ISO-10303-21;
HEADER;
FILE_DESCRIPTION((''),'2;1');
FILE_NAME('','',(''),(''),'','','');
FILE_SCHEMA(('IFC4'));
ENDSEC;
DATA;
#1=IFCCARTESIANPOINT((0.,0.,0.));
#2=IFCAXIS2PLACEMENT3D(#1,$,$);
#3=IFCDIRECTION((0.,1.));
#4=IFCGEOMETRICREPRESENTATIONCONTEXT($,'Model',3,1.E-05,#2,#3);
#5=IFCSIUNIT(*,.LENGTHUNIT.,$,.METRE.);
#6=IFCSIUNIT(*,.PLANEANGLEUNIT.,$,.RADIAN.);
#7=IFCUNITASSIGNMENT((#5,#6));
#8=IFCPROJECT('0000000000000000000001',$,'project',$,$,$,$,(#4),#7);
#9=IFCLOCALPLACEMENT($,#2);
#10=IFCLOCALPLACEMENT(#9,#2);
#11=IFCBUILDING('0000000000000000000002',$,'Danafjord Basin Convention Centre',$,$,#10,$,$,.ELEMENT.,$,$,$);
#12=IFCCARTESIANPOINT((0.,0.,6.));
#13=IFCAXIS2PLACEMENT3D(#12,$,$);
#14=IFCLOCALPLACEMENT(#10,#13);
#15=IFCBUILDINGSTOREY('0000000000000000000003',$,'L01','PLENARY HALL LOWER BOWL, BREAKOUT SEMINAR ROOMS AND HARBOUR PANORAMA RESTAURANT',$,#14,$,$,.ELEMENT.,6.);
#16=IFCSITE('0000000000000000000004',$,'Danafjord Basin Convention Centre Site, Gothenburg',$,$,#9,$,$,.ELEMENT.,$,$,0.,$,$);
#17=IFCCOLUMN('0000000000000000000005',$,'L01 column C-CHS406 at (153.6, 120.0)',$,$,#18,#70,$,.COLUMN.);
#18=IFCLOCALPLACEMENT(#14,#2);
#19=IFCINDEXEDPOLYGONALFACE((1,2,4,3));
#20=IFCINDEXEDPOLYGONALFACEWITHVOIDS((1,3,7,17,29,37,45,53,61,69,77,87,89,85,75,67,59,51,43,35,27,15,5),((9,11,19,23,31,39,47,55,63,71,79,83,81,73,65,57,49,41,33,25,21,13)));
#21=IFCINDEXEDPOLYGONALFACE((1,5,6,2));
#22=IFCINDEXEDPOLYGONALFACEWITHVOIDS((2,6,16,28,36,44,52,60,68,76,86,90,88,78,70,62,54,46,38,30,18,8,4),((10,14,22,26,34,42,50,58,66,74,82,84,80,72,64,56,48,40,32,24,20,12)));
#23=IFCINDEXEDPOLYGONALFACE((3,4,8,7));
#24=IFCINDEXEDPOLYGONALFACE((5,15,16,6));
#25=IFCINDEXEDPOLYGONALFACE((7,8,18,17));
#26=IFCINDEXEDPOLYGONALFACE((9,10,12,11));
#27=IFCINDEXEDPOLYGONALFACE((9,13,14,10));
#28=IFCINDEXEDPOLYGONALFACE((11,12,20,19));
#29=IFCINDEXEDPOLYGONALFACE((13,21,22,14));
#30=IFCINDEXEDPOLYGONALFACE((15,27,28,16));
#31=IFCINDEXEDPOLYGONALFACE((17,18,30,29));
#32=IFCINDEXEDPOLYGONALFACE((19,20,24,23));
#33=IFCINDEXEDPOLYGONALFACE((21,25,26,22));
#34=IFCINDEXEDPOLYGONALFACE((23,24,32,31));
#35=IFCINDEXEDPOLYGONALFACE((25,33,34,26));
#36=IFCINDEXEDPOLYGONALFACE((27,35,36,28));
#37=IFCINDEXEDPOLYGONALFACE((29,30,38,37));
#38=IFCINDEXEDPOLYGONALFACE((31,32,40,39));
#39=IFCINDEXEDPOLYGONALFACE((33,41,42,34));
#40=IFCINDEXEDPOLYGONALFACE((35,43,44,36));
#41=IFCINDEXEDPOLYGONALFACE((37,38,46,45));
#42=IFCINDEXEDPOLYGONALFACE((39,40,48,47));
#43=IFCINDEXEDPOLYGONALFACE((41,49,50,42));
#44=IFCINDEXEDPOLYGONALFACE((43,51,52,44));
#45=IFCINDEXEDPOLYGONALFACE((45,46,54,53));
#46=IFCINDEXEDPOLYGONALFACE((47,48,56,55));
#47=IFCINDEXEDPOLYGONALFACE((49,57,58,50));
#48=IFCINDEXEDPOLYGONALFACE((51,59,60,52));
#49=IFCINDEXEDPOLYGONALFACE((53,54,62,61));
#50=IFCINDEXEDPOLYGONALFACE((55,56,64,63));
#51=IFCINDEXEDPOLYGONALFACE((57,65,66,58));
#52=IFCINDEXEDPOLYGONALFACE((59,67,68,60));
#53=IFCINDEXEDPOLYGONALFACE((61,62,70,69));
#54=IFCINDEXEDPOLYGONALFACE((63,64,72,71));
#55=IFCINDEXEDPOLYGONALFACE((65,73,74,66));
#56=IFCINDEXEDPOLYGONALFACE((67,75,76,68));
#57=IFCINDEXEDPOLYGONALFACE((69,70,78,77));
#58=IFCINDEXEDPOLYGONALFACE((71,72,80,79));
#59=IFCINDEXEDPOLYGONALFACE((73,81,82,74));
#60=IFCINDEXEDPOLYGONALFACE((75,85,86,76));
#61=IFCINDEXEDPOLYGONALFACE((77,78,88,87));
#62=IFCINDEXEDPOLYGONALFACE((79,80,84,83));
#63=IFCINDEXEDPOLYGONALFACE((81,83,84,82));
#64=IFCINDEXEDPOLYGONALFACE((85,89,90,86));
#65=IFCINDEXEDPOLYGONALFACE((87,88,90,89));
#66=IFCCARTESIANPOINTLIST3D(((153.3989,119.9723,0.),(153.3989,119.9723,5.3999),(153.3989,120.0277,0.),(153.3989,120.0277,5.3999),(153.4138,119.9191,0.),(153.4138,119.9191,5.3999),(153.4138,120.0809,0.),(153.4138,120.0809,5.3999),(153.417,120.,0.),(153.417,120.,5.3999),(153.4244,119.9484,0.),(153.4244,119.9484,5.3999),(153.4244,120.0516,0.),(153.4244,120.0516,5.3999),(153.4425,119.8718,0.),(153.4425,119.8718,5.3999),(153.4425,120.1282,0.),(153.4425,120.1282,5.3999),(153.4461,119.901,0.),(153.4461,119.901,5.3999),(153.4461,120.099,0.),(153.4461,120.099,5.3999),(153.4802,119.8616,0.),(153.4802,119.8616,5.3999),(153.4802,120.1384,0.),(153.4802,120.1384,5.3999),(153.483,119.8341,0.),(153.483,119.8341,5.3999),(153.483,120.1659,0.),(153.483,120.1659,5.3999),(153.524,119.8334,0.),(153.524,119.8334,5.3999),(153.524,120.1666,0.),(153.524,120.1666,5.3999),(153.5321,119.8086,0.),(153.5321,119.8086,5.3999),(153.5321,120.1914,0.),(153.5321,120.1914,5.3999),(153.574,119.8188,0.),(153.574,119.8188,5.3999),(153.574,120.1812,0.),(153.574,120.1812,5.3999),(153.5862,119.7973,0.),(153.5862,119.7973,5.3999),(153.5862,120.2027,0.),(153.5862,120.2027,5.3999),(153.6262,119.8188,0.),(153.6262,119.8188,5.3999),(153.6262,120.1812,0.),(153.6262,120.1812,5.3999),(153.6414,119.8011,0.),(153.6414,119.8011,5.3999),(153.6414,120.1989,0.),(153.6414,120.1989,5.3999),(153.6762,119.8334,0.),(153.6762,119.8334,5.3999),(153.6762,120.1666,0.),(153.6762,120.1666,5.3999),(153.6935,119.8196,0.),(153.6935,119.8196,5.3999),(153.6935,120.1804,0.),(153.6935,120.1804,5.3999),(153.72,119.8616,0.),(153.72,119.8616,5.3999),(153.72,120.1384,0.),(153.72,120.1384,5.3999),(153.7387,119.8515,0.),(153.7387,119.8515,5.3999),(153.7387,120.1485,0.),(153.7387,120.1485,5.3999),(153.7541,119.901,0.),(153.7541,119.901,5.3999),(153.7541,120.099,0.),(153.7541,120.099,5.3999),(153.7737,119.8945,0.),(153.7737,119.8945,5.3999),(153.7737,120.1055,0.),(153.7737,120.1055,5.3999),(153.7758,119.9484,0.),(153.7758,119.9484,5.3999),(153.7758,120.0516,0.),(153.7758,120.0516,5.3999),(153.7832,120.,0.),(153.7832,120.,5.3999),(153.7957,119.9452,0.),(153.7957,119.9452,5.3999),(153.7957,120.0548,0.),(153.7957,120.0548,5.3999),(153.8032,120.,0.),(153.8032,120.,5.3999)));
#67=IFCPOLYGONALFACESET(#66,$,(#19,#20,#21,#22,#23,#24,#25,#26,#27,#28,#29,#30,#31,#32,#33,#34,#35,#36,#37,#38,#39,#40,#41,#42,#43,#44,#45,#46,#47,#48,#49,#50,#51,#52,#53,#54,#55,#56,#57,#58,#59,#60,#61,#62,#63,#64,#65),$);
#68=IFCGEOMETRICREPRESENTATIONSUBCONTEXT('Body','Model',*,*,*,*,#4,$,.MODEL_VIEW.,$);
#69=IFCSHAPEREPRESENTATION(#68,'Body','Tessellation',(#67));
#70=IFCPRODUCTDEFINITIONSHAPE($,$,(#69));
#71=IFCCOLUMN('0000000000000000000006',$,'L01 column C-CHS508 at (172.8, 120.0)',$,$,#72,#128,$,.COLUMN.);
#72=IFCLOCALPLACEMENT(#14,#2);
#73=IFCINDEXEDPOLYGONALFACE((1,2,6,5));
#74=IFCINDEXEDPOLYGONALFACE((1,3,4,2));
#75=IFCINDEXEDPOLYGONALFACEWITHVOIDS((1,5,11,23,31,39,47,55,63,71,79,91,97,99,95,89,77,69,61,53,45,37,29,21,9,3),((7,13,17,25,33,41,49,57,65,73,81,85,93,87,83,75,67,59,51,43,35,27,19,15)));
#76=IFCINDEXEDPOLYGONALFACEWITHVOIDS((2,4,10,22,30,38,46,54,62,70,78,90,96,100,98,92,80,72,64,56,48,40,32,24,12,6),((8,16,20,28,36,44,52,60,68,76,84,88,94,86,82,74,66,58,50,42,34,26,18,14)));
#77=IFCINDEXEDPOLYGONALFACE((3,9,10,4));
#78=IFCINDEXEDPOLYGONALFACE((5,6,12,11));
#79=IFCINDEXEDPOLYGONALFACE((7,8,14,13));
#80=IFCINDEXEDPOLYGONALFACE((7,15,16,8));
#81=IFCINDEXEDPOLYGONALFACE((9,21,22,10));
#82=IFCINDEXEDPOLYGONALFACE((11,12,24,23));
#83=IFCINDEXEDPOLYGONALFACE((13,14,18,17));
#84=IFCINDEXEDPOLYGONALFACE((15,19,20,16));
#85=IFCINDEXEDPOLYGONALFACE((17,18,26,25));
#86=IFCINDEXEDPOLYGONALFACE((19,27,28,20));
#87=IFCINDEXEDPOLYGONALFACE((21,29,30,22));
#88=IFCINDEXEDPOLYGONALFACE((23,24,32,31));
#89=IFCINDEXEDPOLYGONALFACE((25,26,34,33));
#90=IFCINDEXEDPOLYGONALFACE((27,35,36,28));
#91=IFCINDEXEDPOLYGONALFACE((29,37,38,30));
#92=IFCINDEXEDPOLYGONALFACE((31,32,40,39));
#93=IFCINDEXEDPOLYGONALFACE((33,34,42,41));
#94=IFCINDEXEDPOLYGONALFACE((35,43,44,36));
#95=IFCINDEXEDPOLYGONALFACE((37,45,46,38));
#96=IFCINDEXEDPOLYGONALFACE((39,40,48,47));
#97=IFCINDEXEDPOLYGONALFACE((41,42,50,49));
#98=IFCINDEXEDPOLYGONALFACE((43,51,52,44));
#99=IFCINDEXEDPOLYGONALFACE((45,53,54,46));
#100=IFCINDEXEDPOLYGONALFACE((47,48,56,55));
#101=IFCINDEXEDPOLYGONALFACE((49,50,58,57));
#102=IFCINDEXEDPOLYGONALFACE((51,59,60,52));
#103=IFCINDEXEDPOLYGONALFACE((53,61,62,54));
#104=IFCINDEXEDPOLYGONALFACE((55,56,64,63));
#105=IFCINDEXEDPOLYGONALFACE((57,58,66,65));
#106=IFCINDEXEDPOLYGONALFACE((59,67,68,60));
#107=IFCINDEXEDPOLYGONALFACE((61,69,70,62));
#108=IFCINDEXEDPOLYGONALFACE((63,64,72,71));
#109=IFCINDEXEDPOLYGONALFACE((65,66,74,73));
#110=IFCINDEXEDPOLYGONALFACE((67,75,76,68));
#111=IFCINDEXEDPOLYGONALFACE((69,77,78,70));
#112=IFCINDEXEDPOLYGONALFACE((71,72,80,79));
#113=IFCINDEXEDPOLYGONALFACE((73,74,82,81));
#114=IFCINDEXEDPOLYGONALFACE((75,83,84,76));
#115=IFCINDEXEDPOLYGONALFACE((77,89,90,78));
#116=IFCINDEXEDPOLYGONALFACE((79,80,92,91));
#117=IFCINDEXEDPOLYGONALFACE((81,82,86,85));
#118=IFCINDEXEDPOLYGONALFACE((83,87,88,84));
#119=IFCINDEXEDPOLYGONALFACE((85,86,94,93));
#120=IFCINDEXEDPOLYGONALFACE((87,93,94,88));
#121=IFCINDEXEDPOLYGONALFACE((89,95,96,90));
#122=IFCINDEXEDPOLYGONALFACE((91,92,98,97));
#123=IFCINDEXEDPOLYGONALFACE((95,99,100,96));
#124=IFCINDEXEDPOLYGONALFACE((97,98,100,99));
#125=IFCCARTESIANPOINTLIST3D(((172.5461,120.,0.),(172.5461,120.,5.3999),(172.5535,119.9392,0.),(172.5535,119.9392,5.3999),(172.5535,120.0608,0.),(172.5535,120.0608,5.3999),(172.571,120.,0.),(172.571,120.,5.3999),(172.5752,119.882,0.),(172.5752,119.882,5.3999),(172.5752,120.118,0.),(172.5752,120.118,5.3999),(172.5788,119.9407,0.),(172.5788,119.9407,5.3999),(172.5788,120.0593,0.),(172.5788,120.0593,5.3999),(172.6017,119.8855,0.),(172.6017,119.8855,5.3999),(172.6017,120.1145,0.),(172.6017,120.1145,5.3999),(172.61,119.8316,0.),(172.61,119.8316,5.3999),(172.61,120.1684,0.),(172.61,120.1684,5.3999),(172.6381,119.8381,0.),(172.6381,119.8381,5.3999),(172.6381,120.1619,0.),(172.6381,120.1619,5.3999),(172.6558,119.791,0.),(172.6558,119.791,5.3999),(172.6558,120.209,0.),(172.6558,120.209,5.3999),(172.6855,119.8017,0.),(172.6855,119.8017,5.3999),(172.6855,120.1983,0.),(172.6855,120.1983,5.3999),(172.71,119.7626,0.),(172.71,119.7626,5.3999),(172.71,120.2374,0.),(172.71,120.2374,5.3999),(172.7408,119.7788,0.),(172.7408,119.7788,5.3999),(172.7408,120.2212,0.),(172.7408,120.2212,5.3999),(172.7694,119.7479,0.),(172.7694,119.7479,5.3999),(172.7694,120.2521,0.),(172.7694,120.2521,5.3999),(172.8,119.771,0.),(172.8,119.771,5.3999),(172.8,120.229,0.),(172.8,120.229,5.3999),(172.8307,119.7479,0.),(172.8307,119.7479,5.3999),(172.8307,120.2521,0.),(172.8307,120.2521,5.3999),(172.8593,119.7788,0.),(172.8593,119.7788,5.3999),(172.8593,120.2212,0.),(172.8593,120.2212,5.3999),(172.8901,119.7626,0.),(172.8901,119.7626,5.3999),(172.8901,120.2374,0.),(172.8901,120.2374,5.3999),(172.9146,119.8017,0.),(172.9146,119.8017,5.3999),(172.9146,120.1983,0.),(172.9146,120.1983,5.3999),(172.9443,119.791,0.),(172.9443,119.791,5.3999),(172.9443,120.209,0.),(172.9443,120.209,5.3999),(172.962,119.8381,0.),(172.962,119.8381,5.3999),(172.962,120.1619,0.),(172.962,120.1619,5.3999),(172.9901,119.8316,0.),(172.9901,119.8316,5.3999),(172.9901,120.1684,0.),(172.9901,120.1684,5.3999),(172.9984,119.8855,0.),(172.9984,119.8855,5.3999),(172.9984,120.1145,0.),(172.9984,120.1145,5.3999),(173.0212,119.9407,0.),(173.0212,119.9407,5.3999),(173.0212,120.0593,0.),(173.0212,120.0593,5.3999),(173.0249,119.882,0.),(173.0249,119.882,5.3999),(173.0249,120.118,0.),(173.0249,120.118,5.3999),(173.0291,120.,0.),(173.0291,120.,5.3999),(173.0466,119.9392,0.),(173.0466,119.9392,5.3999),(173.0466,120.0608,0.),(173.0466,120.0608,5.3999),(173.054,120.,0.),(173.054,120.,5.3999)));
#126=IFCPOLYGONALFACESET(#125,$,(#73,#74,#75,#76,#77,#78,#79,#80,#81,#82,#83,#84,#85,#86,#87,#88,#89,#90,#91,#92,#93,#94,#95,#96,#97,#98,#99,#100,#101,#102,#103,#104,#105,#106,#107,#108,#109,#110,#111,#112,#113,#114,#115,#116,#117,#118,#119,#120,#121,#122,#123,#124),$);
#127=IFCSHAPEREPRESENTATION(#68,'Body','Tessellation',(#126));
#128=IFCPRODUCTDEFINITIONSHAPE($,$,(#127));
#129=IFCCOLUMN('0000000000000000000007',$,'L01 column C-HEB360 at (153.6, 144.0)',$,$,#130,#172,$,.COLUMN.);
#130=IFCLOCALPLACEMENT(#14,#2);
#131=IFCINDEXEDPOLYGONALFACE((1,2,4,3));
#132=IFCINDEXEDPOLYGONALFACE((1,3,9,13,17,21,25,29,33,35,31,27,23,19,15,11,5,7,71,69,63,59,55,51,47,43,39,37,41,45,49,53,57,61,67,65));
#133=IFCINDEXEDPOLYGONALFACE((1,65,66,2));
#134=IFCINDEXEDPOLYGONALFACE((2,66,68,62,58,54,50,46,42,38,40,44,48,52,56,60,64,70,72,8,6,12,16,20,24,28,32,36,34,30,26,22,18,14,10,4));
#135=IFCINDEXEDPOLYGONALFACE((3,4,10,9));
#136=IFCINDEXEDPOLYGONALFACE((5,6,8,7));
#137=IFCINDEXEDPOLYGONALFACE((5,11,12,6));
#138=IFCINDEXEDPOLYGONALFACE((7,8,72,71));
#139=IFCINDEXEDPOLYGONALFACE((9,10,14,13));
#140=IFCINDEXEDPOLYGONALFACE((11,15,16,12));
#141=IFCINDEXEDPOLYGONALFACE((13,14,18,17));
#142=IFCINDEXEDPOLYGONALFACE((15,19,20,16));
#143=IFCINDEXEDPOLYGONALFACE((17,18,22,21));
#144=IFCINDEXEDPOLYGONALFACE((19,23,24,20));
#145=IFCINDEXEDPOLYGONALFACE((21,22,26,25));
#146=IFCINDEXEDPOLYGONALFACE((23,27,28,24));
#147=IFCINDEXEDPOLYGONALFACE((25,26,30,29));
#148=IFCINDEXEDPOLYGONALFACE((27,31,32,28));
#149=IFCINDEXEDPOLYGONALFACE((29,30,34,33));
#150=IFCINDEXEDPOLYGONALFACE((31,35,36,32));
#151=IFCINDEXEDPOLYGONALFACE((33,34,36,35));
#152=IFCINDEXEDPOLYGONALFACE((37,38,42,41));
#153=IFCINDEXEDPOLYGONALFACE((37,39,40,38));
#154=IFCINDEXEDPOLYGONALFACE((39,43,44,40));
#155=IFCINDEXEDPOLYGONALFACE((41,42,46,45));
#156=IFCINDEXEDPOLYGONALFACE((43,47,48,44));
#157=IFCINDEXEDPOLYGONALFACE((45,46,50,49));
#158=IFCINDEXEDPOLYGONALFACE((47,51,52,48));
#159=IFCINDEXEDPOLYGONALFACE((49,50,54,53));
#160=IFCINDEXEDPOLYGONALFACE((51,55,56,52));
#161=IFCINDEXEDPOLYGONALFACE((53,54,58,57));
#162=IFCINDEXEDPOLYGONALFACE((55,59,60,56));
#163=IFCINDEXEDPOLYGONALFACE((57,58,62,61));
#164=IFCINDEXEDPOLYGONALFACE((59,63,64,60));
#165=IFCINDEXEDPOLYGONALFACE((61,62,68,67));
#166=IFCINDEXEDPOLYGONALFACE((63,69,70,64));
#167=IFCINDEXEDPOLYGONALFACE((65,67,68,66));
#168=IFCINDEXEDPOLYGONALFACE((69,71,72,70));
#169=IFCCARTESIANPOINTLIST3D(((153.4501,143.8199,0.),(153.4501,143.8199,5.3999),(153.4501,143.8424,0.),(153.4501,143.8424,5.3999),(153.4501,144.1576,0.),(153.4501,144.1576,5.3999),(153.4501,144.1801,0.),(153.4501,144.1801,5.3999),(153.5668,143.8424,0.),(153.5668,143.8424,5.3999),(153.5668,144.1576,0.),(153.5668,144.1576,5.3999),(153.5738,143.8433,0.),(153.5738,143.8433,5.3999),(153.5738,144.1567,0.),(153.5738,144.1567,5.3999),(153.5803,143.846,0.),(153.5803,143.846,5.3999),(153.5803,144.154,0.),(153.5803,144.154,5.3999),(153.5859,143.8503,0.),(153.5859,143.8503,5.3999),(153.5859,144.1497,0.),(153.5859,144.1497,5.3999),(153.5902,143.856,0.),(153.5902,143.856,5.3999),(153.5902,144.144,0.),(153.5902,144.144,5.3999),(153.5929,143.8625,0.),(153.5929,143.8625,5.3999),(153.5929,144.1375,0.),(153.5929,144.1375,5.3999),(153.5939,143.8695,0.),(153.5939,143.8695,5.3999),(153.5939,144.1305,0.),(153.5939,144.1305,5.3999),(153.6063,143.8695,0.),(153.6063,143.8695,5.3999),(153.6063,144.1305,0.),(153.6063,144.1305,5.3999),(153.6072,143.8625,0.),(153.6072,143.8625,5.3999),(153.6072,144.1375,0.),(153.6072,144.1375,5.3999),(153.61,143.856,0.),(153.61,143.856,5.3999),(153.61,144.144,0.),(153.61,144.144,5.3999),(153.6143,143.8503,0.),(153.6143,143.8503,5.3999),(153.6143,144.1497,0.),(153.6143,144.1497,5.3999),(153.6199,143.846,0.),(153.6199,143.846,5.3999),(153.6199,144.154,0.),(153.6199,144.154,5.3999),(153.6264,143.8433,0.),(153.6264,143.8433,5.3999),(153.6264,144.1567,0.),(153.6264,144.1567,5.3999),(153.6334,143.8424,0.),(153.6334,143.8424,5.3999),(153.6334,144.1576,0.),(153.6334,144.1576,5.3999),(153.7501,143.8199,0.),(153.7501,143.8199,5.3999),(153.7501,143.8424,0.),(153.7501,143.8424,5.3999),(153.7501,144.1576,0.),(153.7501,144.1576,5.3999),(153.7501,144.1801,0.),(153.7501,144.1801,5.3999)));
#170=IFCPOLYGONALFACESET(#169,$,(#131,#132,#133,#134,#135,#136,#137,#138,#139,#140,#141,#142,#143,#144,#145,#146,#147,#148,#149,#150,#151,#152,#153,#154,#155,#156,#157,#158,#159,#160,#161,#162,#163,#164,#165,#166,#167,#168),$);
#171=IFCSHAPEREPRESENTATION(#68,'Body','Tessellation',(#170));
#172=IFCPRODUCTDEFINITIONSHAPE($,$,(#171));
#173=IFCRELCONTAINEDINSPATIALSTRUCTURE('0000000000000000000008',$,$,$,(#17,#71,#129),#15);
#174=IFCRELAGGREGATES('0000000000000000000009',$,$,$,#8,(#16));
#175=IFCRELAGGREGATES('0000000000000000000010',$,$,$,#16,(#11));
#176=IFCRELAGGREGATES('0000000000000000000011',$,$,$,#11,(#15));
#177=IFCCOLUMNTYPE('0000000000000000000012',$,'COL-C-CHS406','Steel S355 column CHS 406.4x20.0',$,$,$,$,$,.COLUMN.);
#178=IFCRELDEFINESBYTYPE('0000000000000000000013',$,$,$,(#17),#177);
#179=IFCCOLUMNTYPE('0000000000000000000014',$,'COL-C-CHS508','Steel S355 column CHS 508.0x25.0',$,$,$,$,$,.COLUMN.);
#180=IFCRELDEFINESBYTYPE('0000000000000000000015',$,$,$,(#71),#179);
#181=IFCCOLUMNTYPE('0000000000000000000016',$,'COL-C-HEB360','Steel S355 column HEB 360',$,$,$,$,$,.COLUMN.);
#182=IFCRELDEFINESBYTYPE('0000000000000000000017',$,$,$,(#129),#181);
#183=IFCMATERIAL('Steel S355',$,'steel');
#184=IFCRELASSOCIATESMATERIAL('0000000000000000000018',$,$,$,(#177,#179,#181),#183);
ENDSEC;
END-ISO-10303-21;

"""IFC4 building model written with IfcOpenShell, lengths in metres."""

from ifc_helpers import new_model, si_unit, direction, frame, origin, origin_2d, place, context, subcontext, project, spatial, hollow_circle, i_section, extrude, material, material_profile, profile_set, type_object, element, save


model = new_model("IFC4")

# Units and contexts
model_context = context("Model", 3, precision=1e-05, world=origin(), true_north=direction((0.0, 1.0)))
body_context = subcontext(model_context, "Body", "Model", "MODEL_VIEW")
ifc_project = project(units=[si_unit("LENGTHUNIT", "METRE"), si_unit("PLANEANGLEUNIT", "RADIAN")], contexts=[model_context])

# Site, building, storey
site_placement = place(None, origin())
site = spatial("IfcSite", under=ifc_project, at=site_placement, Name="Danafjord Basin Convention Centre Site, Gothenburg", CompositionType="ELEMENT", RefElevation=0.0)
building_placement = place(site_placement, origin())
building = spatial("IfcBuilding", under=site, at=building_placement, Name="Danafjord Basin Convention Centre", CompositionType="ELEMENT")
storey_placement = place(building_placement, frame((0.0, 0.0, 6.0)))
storey = spatial("IfcBuildingStorey", under=building, at=storey_placement, Name="L01", Description="PLENARY HALL LOWER BOWL, BREAKOUT SEMINAR ROOMS AND HARBOUR PANORAMA RESTAURANT", CompositionType="ELEMENT", Elevation=6.0)

# Columns
ifc_material_1 = material(Name="Steel S355", Category="steel")
ifc_material_profile_1 = material_profile(ifc_material_1, hollow_circle(Radius=0.2031, WallThickness=0.02, at=origin_2d()), Name="CHS 406.4x20.0")
ifc_profile_set_1 = profile_set([ifc_material_profile_1], Name="Steel S355")
column_type_1 = type_object("IfcColumnType", Name="COL-C-CHS406", Description="Steel S355 column CHS 406.4x20.0", PredefinedType="COLUMN", material=ifc_profile_set_1)
column_1_placement = place(storey_placement, frame((153.6001, 120.0, 0.0), z_axis=(0.0, 0.0, 1.0), x_axis=(1.0, 0.0, 0.0)))
element("IfcColumn", 1, at=column_1_placement, inside=storey, type_object=column_type_1, Name="L01 column C-CHS406 at (153.6, 120.0)", PredefinedType="COLUMN", context=body_context, shape_type="SweptSolid", body=[
    extrude(hollow_circle(Radius=0.2031, WallThickness=0.02, at=origin_2d()), origin(), (0.0, 0.0, 1.0), 5.3999),
])
ifc_material_profile_2 = material_profile(ifc_material_1, hollow_circle(Radius=0.2539, WallThickness=0.0249, at=origin_2d()), Name="CHS 508.0x25.0")
ifc_profile_set_2 = profile_set([ifc_material_profile_2], Name="Steel S355")
column_type_2 = type_object("IfcColumnType", Name="COL-C-CHS508", Description="Steel S355 column CHS 508.0x25.0", PredefinedType="COLUMN", material=ifc_profile_set_2)
column_2_placement = place(storey_placement, frame((172.8, 120.0, 0.0), z_axis=(0.0, 0.0, 1.0), x_axis=(1.0, 0.0, 0.0)))
element("IfcColumn", 2, at=column_2_placement, inside=storey, type_object=column_type_2, Name="L01 column C-CHS508 at (172.8, 120.0)", PredefinedType="COLUMN", context=body_context, shape_type="SweptSolid", body=[
    extrude(hollow_circle(Radius=0.2539, WallThickness=0.0249, at=origin_2d()), origin(), (0.0, 0.0, 1.0), 5.3999),
])
ifc_material_profile_3 = material_profile(ifc_material_1, i_section(OverallWidth=0.3, OverallDepth=0.3601, WebThickness=0.0125, FlangeThickness=0.0225, FilletRadius=0.0271, at=origin_2d()), Name="HEB 360")
ifc_profile_set_3 = profile_set([ifc_material_profile_3], Name="Steel S355")
column_type_3 = type_object("IfcColumnType", Name="COL-C-HEB360", Description="Steel S355 column HEB 360", PredefinedType="COLUMN", material=ifc_profile_set_3)
column_3_placement = place(storey_placement, frame((153.6001, 144.0, 0.0), z_axis=(0.0, 0.0, 1.0), x_axis=(1.0, 0.0, 0.0)))
element("IfcColumn", 3, at=column_3_placement, inside=storey, type_object=column_type_3, Name="L01 column C-HEB360 at (153.6, 144.0)", PredefinedType="COLUMN", context=body_context, shape_type="SweptSolid", body=[
    extrude(i_section(OverallWidth=0.3, OverallDepth=0.3601, WebThickness=0.0125, FlangeThickness=0.0225, FilletRadius=0.0271, at=origin_2d()), origin(), (0.0, 0.0, 1.0), 5.3999),
])

save(model, "model.ifc")
